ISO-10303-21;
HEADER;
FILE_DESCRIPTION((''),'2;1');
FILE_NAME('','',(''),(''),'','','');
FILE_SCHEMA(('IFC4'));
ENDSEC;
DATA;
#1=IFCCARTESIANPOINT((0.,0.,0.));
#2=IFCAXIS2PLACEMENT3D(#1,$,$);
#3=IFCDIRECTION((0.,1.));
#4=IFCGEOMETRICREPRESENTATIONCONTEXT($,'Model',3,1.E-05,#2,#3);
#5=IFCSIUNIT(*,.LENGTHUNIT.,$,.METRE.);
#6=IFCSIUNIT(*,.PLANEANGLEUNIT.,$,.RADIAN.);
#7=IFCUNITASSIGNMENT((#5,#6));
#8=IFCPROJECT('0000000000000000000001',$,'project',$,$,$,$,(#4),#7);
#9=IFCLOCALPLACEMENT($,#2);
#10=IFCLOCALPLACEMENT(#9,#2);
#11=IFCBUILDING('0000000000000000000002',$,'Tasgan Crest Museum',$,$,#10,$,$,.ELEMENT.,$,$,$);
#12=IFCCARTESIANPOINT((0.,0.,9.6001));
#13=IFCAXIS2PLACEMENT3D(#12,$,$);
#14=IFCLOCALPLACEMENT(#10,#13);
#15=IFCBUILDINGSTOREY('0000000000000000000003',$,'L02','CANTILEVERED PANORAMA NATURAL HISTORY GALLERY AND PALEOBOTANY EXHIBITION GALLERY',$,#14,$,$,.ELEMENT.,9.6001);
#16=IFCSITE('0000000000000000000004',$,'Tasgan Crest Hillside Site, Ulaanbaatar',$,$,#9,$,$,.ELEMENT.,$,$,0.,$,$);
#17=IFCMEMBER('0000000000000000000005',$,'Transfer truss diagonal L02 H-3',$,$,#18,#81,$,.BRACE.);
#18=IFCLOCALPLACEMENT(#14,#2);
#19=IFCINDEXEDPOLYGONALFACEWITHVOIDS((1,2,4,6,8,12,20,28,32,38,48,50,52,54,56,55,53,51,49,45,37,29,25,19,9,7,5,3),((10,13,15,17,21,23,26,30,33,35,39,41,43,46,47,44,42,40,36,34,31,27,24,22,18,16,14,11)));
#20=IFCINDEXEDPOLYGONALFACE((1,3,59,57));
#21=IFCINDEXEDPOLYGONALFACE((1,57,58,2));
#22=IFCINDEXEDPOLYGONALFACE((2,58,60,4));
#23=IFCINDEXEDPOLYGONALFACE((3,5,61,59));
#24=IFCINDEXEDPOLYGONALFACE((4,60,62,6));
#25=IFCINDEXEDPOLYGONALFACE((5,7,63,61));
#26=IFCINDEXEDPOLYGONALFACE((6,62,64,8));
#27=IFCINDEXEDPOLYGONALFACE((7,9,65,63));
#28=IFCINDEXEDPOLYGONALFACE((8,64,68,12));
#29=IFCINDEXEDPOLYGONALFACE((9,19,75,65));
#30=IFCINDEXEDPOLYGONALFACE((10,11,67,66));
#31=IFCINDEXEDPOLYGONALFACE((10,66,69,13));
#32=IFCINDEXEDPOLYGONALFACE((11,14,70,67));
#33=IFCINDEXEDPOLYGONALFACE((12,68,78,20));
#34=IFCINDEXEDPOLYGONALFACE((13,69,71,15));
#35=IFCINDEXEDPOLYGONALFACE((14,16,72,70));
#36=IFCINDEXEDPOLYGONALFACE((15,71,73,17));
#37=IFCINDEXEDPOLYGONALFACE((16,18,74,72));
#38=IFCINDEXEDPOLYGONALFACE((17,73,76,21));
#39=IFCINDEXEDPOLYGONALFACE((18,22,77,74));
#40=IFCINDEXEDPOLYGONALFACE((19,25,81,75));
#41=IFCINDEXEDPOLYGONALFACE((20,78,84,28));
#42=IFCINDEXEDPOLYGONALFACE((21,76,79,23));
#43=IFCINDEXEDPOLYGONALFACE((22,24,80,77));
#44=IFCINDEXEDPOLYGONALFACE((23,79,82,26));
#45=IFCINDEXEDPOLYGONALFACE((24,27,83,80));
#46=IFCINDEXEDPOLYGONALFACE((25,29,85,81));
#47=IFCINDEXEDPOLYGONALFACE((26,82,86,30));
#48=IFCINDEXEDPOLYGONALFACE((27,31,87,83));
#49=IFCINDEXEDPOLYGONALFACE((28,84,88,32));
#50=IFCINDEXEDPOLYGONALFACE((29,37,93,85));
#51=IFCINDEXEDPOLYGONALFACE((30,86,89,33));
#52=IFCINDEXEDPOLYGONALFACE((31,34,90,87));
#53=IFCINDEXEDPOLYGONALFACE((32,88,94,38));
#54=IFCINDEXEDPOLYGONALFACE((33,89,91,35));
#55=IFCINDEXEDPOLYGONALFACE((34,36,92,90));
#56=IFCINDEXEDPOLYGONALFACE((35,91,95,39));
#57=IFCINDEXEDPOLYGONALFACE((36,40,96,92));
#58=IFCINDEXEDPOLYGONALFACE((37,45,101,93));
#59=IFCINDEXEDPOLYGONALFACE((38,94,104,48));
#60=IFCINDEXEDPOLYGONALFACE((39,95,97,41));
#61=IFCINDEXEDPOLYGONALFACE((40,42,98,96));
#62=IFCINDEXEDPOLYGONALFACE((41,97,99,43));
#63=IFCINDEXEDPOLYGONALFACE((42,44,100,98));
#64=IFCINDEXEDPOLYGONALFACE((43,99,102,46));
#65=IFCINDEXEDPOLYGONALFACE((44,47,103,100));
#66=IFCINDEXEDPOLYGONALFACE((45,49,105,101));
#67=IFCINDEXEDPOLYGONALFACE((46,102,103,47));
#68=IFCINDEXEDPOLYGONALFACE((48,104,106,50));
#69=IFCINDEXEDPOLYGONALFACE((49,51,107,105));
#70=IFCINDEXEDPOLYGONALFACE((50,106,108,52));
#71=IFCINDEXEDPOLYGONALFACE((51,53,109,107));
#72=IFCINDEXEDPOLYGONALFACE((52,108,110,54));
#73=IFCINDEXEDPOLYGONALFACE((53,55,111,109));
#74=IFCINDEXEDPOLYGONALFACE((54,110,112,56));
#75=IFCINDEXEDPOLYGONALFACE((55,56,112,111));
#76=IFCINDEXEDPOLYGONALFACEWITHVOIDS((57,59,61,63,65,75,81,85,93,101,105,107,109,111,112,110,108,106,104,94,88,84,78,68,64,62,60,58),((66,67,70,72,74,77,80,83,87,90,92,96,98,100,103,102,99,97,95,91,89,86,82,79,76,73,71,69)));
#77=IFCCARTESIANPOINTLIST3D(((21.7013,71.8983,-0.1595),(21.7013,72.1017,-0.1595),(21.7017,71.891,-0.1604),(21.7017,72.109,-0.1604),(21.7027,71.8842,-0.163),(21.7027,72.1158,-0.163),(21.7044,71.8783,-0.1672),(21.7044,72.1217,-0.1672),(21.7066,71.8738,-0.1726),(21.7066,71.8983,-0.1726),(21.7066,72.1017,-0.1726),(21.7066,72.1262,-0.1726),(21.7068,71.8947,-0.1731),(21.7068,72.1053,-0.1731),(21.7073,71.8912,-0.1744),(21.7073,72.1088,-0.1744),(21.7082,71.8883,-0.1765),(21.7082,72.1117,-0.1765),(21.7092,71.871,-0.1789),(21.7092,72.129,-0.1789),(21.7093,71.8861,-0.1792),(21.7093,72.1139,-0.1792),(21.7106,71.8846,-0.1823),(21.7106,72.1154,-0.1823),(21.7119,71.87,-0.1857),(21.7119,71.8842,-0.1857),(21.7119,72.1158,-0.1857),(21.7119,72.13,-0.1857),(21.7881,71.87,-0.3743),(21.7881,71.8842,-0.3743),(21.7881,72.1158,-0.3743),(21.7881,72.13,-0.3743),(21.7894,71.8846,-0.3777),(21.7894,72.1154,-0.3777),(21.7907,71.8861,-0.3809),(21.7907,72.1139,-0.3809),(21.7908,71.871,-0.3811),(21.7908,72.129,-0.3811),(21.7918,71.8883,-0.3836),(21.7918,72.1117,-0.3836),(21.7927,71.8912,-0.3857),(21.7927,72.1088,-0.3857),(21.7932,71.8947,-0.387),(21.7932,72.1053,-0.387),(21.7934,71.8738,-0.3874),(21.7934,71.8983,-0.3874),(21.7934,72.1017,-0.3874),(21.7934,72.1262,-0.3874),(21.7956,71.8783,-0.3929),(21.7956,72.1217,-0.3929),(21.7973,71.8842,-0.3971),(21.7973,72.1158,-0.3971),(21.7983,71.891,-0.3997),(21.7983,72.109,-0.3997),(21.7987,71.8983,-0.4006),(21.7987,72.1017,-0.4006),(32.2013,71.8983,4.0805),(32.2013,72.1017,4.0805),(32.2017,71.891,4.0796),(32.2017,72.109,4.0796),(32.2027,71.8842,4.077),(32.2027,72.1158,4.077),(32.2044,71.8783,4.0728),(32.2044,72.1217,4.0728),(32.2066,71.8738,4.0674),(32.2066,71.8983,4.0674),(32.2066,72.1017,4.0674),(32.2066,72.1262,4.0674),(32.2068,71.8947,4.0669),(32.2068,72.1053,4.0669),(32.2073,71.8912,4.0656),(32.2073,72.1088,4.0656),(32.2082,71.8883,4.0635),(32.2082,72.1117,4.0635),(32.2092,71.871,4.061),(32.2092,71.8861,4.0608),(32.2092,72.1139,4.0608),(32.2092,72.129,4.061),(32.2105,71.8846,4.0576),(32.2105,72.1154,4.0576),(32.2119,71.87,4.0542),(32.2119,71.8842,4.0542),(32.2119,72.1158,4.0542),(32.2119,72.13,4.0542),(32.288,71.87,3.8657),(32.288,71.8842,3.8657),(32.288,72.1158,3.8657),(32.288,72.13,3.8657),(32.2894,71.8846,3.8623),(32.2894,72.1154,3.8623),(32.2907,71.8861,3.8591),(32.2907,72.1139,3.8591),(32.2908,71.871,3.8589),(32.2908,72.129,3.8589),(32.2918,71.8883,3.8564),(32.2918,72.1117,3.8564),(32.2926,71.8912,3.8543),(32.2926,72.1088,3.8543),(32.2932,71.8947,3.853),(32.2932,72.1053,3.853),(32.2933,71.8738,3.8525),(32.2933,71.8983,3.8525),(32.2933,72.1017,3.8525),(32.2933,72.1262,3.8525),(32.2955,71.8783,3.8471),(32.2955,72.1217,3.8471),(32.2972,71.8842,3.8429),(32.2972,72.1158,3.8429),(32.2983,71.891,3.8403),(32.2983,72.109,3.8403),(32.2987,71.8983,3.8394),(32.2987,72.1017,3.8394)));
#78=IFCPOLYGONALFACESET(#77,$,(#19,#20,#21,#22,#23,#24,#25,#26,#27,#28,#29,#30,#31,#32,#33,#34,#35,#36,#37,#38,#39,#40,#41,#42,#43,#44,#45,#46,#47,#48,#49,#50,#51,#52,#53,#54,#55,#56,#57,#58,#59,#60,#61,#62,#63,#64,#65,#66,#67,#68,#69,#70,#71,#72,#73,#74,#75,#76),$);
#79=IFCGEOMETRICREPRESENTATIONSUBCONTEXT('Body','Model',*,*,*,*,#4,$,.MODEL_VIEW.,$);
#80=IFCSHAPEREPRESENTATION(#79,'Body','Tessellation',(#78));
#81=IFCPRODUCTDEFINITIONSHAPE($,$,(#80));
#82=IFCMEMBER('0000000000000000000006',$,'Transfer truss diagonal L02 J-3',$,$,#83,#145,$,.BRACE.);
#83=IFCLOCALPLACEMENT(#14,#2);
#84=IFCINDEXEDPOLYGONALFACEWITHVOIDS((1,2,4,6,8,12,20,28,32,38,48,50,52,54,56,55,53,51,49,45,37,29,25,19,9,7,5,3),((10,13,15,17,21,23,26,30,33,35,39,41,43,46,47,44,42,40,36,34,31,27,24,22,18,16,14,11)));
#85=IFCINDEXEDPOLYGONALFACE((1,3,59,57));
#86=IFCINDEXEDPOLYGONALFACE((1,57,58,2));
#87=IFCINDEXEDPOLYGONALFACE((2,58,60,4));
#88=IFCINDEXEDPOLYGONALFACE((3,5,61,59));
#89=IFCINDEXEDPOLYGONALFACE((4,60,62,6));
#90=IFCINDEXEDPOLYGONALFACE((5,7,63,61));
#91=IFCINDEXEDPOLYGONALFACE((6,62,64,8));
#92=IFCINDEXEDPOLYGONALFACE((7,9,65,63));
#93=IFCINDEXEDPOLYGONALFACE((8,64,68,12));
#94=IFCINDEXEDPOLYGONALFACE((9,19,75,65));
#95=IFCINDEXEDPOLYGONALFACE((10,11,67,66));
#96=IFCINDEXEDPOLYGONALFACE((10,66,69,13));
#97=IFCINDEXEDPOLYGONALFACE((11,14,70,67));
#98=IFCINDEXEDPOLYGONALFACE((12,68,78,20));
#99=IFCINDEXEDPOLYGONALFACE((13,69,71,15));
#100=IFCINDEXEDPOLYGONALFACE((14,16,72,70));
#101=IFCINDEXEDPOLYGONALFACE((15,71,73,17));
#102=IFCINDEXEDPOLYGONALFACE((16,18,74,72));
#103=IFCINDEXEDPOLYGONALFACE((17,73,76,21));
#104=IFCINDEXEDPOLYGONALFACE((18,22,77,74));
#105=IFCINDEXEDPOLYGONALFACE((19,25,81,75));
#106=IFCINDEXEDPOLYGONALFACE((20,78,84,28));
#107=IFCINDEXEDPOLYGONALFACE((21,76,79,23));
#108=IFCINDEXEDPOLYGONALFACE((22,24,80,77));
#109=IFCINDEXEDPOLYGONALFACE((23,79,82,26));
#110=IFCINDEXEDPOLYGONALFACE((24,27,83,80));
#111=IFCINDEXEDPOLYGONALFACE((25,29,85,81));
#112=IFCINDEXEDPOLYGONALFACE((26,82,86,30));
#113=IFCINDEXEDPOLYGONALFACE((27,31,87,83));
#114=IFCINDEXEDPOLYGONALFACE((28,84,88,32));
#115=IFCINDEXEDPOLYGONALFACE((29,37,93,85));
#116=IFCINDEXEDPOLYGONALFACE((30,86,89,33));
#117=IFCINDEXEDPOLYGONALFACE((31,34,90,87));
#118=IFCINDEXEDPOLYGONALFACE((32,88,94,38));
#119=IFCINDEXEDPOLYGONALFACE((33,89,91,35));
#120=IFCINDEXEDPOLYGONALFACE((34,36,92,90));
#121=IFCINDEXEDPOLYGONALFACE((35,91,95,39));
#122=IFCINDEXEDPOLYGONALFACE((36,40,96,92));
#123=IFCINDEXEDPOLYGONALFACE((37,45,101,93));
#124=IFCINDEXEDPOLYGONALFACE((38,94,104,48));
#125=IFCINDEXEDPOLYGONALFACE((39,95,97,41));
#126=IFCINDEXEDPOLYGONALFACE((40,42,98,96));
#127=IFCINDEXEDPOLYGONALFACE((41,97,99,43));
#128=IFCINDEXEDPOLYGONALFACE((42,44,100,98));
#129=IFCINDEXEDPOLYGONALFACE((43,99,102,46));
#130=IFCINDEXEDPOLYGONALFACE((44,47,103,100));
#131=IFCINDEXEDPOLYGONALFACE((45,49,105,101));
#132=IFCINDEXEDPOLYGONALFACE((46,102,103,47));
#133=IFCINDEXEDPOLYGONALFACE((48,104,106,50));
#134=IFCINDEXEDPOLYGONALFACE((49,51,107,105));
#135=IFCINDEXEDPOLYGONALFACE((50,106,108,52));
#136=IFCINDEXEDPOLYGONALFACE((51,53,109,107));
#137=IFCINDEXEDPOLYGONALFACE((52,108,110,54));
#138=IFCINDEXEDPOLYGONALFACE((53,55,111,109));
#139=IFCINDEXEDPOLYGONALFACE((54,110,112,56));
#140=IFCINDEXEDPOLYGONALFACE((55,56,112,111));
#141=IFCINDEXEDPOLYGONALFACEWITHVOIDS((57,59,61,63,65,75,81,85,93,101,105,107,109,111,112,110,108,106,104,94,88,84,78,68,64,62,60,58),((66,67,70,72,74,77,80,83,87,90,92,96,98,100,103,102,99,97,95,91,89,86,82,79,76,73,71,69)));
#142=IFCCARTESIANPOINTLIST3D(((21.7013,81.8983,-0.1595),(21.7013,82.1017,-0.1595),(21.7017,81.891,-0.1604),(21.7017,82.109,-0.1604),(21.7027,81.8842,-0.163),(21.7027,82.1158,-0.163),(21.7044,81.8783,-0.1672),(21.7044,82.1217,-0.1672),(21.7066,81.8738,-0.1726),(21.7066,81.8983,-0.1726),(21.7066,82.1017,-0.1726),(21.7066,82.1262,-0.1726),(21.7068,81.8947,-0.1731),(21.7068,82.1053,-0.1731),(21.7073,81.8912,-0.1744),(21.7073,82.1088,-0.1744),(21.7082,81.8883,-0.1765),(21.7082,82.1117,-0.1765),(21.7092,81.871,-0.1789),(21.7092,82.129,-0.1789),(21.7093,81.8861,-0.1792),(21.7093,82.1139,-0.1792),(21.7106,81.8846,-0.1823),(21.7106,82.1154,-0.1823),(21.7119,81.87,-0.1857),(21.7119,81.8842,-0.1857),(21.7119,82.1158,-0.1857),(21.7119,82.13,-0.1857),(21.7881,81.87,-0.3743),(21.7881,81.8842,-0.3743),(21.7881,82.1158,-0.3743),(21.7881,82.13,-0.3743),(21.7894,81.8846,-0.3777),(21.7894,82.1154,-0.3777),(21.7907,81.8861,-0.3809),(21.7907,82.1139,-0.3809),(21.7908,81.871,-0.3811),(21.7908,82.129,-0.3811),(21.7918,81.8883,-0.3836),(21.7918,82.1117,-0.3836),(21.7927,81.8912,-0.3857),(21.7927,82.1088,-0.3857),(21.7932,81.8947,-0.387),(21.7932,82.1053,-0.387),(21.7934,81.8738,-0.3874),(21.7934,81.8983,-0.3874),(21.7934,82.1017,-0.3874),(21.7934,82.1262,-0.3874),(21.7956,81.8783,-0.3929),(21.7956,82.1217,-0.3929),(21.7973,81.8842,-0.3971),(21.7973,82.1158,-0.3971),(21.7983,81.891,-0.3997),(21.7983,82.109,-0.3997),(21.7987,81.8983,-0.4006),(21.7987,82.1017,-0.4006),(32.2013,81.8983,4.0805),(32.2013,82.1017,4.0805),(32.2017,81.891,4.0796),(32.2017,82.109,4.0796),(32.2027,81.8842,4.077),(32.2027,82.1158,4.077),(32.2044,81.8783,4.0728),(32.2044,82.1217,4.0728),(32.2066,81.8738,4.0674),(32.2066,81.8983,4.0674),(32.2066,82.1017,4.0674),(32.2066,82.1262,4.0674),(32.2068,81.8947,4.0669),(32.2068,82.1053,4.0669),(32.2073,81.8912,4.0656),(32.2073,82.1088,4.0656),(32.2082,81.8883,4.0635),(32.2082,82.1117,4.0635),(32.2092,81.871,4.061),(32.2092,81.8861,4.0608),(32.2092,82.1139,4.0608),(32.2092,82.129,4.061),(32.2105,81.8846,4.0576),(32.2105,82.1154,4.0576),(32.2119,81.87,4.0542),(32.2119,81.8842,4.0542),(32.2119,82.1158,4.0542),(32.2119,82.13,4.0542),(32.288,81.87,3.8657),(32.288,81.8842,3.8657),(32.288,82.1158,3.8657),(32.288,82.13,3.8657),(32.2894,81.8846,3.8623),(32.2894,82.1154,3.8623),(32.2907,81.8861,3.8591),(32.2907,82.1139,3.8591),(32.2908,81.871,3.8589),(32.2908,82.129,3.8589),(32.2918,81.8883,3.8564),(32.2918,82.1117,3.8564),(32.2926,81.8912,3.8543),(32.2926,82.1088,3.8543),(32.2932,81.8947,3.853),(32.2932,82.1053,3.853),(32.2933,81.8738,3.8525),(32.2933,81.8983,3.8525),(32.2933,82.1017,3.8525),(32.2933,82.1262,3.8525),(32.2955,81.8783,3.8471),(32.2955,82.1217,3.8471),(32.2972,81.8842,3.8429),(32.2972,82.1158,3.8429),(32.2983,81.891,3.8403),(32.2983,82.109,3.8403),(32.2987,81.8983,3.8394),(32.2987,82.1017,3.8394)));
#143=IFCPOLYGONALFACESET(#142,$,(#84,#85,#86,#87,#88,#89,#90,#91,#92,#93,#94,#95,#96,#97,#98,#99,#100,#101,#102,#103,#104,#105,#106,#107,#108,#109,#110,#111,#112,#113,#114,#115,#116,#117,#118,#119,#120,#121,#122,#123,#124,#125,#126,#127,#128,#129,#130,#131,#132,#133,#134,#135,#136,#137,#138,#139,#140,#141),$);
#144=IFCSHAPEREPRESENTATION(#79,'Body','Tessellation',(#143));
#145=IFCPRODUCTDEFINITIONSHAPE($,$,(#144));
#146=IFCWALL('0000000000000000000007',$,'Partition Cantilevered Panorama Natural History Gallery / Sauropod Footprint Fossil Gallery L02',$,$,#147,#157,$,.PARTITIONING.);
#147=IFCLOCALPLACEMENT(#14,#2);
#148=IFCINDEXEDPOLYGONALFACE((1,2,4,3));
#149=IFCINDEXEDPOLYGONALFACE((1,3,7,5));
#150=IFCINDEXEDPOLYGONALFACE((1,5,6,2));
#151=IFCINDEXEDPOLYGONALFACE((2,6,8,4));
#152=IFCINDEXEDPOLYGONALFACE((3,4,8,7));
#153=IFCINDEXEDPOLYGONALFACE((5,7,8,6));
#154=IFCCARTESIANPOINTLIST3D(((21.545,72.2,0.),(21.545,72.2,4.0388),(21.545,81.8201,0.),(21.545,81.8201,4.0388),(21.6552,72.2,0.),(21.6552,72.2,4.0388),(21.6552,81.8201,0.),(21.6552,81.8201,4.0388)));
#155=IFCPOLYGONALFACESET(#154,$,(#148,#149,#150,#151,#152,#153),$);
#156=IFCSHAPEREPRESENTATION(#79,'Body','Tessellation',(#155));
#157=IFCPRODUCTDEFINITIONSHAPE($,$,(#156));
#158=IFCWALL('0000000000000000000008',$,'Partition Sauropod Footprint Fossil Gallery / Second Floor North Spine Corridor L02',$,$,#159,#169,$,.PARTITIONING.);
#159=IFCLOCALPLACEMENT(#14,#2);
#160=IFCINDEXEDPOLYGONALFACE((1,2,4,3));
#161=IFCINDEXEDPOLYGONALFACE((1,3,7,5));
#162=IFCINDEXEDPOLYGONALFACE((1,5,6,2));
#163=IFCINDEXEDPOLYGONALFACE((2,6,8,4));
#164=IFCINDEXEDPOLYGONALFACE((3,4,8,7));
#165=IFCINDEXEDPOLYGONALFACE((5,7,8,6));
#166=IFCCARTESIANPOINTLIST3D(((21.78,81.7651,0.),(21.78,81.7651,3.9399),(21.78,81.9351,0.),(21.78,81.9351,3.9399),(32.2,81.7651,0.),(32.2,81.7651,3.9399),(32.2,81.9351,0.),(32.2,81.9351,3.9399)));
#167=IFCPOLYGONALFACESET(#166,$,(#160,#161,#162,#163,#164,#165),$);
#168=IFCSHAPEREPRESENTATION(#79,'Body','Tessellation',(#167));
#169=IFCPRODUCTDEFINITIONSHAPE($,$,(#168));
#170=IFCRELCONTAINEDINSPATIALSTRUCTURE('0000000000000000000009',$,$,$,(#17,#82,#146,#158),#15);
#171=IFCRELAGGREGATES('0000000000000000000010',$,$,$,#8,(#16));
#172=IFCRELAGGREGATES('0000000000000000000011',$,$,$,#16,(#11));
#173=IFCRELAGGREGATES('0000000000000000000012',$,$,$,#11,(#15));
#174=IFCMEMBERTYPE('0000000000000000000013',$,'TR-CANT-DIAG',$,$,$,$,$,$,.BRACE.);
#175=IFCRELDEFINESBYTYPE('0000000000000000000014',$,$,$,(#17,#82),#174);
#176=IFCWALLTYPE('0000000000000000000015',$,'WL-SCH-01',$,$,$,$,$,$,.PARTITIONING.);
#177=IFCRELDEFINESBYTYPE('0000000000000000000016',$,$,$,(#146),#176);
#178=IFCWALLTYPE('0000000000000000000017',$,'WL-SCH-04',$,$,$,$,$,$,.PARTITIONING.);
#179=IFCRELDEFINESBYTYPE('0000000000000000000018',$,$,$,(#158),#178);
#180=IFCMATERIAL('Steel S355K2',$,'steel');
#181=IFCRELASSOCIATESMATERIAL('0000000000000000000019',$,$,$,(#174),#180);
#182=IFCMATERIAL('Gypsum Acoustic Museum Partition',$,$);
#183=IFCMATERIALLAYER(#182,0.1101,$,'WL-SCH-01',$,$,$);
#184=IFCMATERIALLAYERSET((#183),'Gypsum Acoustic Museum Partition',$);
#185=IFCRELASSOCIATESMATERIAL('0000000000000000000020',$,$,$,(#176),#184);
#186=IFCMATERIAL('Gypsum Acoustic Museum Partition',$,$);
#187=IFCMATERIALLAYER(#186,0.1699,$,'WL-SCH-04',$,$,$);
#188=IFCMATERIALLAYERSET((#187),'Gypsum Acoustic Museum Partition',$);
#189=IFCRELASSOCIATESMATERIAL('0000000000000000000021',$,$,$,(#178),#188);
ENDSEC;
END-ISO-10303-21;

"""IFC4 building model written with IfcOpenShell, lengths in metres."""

from ifc_helpers import new_model, si_unit, direction, frame, frame_2d, origin, origin_2d, place, context, subcontext, project, spatial, rectangle, hollow_rectangle, extrude, material, layer, layer_set, material_profile, profile_set, type_object, element, save


model = new_model("IFC4")

# Units and contexts
model_context = context("Model", 3, precision=1e-05, world=origin(), true_north=direction((0.0, 1.0)))
body_context = subcontext(model_context, "Body", "Model", "MODEL_VIEW")
ifc_project = project(units=[si_unit("LENGTHUNIT", "METRE"), si_unit("PLANEANGLEUNIT", "RADIAN")], contexts=[model_context])

# Site, building, storey
site_placement = place(None, origin())
site = spatial("IfcSite", under=ifc_project, at=site_placement, Name="Tasgan Crest Hillside Site, Ulaanbaatar", CompositionType="ELEMENT", RefElevation=0.0)
building_placement = place(site_placement, origin())
building = spatial("IfcBuilding", under=site, at=building_placement, Name="Tasgan Crest Museum", CompositionType="ELEMENT")
storey_placement = place(building_placement, frame((0.0, 0.0, 9.6001)))
storey = spatial("IfcBuildingStorey", under=building, at=storey_placement, Name="L02", Description="CANTILEVERED PANORAMA NATURAL HISTORY GALLERY AND PALEOBOTANY EXHIBITION GALLERY", CompositionType="ELEMENT", Elevation=9.6001)

# Members
ifc_material_1 = material(Name="Steel S355K2", Category="steel")
ifc_material_profile_1 = material_profile(ifc_material_1, hollow_rectangle(XDim=0.26, YDim=0.26, WallThickness=0.0142, InnerFilletRadius=0.0142, OuterFilletRadius=0.0283, at=origin_2d()), Name="SHS 260x260x14.2")
ifc_profile_set_1 = profile_set([ifc_material_profile_1], Name="Steel S355K2")
member_type = type_object("IfcMemberType", Name="TR-CANT-DIAG", PredefinedType="BRACE", material=ifc_profile_set_1)
for number, where, z_axis, x_axis, name in (
    (1, (21.75, 72.0, -0.28), (0.927254, 0.0, 0.374433), (0.0, 1.0, 0.0), "Transfer truss diagonal L02 H-3"),
    (2, (21.75, 82.0, -0.28), (0.927254, 0.0, 0.374433), (0.0, 1.0, 0.0), "Transfer truss diagonal L02 J-3"),
):
    element("IfcMember", number, at=place(storey_placement, frame(where, z_axis=z_axis, x_axis=x_axis)), inside=storey, type_object=member_type, Name=name, PredefinedType="BRACE", context=body_context, shape_type="SweptSolid", body=[
        extrude(hollow_rectangle(XDim=0.26, YDim=0.26, WallThickness=0.0142, InnerFilletRadius=0.0142, OuterFilletRadius=0.0283, at=origin_2d()), origin(), (0.0, 0.0, 1.0), 11.3237),
    ])

# Walls
ifc_material_2 = material(Name="Gypsum Acoustic Museum Partition")
ifc_layer_1 = layer(ifc_material_2, 0.1101, Name="WL-SCH-01")
ifc_layer_set_1 = layer_set([ifc_layer_1], Name="Gypsum Acoustic Museum Partition")
wall_type_1 = type_object("IfcWallType", Name="WL-SCH-01", PredefinedType="PARTITIONING", material=ifc_layer_set_1)
wall_1_placement = place(storey_placement, frame((21.6001, 72.2, 0.0), z_axis=(0.0, 0.0, 1.0), x_axis=(0.0, 1.0, 0.0)))
element("IfcWall", 3, at=wall_1_placement, inside=storey, type_object=wall_type_1, Name="Partition Cantilevered Panorama Natural History Gallery / Sauropod Footprint Fossil Gallery L02", PredefinedType="PARTITIONING", context=body_context, shape_type="SweptSolid", body=[
    extrude(rectangle(XDim=9.6201, YDim=0.1101, at=frame_2d((4.8101, 0.0))), origin(), (0.0, 0.0, 1.0), 4.0388),
])
ifc_material_3 = material(Name="Gypsum Acoustic Museum Partition")
ifc_layer_2 = layer(ifc_material_3, 0.1699, Name="WL-SCH-04")
ifc_layer_set_2 = layer_set([ifc_layer_2], Name="Gypsum Acoustic Museum Partition")
wall_type_2 = type_object("IfcWallType", Name="WL-SCH-04", PredefinedType="PARTITIONING", material=ifc_layer_set_2)
wall_2_placement = place(storey_placement, frame((21.78, 81.8501, 0.0), z_axis=(0.0, 0.0, 1.0), x_axis=(1.0, 0.0, 0.0)))
element("IfcWall", 4, at=wall_2_placement, inside=storey, type_object=wall_type_2, Name="Partition Sauropod Footprint Fossil Gallery / Second Floor North Spine Corridor L02", PredefinedType="PARTITIONING", context=body_context, shape_type="SweptSolid", body=[
    extrude(rectangle(XDim=10.4199, YDim=0.1699, at=frame_2d((5.21, 0.0))), origin(), (0.0, 0.0, 1.0), 3.9399),
])

save(model, "model.ifc")
